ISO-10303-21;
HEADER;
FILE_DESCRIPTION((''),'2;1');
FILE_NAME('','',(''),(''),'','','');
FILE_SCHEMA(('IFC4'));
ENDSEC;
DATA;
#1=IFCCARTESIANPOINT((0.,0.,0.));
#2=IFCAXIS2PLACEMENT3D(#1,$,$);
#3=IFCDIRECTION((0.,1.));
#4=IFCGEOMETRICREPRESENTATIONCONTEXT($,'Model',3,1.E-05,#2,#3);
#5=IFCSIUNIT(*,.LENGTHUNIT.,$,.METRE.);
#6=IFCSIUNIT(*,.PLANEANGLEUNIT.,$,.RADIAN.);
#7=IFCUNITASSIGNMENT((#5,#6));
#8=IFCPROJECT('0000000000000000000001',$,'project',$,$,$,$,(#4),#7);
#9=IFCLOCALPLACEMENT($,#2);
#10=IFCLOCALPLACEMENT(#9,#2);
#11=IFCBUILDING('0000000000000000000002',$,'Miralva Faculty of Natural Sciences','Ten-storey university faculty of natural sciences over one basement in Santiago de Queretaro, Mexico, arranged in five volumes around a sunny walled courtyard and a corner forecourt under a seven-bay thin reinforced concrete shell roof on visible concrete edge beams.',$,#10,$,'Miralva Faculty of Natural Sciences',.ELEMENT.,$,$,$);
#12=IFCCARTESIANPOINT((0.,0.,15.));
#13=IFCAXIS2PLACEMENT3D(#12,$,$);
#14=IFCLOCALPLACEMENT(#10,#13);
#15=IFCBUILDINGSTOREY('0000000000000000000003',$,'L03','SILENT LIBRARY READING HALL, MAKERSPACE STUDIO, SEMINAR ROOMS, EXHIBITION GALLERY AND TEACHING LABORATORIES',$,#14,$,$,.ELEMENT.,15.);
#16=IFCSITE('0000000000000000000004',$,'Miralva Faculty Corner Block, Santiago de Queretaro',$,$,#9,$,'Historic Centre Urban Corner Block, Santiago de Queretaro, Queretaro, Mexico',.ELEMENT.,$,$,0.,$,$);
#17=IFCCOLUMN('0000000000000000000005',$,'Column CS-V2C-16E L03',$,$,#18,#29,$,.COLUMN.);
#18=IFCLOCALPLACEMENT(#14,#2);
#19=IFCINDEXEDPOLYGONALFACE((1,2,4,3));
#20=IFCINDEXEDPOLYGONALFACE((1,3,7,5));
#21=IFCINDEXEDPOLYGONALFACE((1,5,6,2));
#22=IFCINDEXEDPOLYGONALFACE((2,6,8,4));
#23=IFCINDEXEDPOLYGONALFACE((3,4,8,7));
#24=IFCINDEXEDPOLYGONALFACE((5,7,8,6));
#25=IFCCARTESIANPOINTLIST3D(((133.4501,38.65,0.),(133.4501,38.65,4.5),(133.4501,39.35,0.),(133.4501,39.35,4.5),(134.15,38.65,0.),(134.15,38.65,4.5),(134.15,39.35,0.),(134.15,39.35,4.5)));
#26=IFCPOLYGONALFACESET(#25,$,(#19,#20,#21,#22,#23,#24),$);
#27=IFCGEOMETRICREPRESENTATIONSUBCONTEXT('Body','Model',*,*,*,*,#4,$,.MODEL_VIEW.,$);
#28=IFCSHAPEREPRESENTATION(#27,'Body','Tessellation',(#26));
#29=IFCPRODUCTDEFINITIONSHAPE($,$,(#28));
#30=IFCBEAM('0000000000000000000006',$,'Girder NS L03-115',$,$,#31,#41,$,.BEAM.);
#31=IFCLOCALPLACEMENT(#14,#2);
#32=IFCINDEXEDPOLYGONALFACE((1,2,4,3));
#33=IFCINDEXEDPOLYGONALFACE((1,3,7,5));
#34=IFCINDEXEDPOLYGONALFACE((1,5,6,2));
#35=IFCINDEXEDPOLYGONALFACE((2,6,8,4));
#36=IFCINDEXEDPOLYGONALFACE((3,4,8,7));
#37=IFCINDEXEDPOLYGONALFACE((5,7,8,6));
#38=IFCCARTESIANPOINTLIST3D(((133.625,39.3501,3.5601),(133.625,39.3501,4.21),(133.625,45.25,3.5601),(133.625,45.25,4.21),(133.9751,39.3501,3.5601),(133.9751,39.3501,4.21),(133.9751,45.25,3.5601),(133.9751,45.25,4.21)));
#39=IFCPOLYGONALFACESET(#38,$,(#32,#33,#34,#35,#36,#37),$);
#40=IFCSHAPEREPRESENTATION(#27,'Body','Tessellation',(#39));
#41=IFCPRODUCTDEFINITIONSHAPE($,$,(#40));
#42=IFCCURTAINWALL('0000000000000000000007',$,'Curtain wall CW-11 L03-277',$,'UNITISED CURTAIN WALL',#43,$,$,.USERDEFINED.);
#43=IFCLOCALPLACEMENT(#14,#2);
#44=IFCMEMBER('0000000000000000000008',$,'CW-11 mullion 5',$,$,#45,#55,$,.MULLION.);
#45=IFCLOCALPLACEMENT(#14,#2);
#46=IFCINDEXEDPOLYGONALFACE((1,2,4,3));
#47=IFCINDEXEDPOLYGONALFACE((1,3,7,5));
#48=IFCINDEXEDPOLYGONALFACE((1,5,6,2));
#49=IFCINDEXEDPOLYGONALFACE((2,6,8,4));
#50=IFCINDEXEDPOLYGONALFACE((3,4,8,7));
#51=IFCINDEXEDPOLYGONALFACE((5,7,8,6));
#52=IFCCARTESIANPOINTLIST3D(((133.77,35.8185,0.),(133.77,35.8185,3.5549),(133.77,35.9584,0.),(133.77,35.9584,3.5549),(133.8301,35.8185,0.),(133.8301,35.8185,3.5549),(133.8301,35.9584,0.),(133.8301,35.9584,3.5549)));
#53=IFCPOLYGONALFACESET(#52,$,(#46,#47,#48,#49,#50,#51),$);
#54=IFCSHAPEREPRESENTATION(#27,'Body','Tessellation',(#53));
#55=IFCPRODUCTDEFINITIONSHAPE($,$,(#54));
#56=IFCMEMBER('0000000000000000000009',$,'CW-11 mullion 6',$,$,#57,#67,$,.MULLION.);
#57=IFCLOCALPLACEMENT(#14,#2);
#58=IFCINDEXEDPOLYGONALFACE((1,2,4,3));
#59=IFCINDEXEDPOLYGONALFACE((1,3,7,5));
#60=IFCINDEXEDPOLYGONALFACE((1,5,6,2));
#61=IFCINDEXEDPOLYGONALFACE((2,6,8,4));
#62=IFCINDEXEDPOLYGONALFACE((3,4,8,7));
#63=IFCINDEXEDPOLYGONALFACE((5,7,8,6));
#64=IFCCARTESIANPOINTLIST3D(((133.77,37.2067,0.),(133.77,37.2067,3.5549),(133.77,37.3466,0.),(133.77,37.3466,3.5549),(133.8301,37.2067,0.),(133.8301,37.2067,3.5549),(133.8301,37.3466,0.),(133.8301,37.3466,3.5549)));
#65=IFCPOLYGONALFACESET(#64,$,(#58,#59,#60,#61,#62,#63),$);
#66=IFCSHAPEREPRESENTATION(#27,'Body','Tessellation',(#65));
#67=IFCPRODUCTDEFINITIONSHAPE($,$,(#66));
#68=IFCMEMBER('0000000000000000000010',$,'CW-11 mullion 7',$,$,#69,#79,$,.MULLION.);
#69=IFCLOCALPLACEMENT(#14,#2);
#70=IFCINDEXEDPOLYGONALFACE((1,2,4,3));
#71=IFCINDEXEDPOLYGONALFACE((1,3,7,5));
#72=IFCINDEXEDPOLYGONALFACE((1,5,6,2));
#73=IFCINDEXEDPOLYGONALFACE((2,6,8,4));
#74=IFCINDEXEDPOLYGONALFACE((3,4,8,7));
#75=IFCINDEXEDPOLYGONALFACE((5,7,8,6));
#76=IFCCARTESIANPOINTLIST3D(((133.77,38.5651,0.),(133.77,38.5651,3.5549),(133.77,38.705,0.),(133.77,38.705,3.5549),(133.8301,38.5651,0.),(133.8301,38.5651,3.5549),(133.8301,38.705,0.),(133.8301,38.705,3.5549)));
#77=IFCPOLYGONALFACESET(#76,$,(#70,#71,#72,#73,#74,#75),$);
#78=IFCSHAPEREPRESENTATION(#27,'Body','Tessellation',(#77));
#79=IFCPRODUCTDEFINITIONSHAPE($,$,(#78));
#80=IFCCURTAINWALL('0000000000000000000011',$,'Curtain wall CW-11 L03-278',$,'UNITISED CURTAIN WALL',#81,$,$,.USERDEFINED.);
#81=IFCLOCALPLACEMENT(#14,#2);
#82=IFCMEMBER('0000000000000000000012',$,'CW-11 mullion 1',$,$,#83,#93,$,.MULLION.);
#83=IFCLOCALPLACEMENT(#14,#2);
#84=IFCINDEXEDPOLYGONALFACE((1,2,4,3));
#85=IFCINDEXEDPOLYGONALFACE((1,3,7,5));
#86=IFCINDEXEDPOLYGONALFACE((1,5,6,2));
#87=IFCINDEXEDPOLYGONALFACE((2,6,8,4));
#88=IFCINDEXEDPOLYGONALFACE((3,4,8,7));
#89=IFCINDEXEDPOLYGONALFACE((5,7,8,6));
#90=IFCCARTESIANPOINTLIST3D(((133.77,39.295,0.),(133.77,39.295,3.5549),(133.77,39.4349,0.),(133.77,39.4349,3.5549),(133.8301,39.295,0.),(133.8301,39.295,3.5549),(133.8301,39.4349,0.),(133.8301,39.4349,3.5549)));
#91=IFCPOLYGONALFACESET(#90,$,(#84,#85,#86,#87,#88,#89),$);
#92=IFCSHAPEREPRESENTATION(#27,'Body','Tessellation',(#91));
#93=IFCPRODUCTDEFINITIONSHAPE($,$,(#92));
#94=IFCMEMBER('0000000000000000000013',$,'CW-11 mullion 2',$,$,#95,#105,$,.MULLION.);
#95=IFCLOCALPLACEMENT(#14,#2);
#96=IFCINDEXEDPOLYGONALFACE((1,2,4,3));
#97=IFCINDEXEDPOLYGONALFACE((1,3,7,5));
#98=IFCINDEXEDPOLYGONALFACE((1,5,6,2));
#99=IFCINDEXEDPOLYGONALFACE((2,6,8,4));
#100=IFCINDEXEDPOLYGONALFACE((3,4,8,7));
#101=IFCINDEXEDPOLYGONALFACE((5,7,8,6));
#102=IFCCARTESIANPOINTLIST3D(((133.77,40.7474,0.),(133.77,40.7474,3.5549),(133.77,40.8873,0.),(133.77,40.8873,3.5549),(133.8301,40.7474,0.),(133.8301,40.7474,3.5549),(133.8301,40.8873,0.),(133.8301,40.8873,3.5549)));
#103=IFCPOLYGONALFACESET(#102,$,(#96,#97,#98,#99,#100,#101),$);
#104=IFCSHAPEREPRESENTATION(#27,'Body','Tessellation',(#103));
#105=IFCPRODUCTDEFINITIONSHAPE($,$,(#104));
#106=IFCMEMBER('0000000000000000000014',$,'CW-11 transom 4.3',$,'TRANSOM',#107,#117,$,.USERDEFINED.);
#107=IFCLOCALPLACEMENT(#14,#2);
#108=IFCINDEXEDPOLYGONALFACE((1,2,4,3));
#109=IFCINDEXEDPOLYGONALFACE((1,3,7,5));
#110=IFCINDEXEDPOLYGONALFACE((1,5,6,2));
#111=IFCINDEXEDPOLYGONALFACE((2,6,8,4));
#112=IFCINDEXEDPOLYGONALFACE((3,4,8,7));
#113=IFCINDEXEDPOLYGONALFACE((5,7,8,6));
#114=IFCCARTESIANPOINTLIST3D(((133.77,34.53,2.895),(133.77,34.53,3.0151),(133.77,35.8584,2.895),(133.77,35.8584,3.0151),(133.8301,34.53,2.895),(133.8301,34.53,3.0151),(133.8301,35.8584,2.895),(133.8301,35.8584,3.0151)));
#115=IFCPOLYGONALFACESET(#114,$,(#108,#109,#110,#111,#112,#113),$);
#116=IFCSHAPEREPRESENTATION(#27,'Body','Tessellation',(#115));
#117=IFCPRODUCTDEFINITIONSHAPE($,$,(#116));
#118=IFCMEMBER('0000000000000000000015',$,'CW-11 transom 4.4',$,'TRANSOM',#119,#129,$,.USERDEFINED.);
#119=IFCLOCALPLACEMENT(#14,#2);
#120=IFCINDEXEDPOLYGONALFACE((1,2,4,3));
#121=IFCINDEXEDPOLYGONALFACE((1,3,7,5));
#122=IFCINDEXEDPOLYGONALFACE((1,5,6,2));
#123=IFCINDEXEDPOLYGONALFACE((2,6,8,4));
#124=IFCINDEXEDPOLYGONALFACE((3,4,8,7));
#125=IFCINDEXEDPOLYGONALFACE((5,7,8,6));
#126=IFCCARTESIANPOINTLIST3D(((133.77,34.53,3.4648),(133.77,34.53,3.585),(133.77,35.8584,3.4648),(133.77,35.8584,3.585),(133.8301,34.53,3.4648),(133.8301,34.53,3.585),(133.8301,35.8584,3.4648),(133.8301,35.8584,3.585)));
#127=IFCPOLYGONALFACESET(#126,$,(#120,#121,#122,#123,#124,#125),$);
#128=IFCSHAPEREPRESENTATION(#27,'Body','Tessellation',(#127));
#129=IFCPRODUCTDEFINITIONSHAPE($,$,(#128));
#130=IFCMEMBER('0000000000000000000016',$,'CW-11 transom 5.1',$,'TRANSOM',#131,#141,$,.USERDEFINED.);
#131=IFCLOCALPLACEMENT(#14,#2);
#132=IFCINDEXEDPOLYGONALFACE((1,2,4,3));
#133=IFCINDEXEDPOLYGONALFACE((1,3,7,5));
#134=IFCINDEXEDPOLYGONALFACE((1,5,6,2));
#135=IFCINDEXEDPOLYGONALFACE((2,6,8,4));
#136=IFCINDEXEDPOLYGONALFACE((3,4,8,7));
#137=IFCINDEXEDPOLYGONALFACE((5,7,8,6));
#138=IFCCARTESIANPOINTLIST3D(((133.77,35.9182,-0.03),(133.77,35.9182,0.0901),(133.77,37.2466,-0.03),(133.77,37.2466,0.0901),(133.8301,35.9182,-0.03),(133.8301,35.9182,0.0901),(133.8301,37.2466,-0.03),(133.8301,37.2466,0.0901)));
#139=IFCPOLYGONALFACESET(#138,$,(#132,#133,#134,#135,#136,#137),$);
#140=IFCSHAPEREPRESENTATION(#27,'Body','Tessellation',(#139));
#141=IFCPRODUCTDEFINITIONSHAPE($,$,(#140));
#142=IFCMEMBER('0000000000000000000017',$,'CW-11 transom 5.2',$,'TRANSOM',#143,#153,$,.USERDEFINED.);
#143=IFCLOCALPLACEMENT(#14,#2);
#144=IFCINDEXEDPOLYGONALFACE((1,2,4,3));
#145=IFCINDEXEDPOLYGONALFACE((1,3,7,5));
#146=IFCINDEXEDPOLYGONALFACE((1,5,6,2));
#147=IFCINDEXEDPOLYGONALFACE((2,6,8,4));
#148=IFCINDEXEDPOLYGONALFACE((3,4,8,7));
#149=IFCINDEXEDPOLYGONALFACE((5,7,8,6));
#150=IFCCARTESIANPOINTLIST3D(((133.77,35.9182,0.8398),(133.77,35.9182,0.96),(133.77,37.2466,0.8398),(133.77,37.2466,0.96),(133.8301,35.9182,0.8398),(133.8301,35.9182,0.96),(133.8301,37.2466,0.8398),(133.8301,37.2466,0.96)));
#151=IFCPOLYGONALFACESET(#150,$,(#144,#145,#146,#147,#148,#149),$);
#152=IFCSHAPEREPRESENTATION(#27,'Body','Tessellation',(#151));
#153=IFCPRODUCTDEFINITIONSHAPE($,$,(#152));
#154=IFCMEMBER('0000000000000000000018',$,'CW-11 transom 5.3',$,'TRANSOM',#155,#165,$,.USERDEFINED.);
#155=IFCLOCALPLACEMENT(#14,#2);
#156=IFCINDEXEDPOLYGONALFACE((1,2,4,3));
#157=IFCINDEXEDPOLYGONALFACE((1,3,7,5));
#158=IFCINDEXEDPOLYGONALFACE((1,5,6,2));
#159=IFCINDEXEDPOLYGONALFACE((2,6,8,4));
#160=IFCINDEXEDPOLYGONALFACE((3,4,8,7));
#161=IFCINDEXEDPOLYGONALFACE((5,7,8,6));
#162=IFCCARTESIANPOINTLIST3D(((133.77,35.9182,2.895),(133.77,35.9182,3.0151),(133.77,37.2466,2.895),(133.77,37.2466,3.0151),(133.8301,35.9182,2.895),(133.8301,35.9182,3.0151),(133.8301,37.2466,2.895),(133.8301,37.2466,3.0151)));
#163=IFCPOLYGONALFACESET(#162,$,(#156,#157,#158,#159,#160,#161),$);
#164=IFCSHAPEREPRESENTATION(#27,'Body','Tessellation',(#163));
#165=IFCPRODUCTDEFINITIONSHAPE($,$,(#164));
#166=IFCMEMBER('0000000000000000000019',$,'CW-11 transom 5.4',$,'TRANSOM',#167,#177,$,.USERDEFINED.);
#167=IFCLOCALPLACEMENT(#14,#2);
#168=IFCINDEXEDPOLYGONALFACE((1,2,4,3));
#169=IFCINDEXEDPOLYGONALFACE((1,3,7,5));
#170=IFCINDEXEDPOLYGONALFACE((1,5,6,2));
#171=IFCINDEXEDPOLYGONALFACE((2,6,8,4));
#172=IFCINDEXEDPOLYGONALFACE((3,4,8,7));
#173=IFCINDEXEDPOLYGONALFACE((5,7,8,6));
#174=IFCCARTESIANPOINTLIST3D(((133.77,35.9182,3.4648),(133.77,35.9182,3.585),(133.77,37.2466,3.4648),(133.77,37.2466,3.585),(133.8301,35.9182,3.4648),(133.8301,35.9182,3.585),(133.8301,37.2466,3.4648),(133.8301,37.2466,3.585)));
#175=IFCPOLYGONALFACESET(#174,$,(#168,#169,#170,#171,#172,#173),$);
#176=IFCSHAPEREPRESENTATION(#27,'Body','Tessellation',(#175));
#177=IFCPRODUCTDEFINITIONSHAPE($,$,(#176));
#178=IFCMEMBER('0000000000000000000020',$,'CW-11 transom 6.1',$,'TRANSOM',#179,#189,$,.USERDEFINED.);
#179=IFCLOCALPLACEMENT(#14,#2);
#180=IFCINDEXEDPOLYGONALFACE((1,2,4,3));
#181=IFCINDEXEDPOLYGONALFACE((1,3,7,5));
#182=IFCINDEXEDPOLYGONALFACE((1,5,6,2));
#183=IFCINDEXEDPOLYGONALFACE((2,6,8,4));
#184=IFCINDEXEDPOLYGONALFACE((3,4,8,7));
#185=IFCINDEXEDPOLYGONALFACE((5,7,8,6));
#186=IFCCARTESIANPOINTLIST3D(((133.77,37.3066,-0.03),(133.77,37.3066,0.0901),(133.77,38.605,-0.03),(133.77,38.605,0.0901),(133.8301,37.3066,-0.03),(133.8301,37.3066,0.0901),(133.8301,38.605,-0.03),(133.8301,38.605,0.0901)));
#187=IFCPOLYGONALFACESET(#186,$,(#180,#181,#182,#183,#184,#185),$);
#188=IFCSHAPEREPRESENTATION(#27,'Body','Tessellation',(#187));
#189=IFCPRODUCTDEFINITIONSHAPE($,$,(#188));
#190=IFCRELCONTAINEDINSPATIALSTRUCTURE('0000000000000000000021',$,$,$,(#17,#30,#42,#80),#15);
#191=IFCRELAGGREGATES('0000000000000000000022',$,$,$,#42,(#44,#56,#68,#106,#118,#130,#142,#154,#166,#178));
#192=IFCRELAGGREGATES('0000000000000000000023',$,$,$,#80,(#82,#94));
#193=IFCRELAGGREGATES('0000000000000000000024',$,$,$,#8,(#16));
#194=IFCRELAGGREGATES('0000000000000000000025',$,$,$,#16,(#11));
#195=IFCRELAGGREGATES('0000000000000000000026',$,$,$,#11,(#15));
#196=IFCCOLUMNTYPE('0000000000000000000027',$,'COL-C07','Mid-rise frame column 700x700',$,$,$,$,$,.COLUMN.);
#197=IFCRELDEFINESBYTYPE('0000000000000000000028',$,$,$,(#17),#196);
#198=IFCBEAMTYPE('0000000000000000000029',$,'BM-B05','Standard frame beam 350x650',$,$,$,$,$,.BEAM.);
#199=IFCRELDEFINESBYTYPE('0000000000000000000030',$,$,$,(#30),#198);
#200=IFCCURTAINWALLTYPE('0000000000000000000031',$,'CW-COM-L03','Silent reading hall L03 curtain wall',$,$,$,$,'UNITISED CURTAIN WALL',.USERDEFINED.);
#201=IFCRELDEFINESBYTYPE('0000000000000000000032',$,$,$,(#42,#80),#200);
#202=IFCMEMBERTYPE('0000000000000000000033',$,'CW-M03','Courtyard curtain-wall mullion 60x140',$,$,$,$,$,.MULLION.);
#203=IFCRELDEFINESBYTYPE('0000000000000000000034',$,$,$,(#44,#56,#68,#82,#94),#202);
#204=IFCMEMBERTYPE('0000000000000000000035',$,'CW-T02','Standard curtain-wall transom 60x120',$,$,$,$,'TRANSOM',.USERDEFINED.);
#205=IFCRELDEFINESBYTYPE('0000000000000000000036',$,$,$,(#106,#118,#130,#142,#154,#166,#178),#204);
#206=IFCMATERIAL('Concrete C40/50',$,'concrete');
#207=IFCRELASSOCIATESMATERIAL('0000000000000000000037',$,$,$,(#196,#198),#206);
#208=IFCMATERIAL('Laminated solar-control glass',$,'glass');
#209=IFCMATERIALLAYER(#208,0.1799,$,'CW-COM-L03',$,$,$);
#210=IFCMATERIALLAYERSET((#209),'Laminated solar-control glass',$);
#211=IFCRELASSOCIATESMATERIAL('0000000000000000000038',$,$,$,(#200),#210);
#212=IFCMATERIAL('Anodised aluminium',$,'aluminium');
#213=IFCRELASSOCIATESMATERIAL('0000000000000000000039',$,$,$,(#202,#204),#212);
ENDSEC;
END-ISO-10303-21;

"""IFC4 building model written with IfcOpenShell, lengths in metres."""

from ifc_helpers import new_model, si_unit, direction, frame, origin, origin_2d, place, context, subcontext, project, spatial, rectangle, extrude, material, layer, layer_set, material_profile, profile_set, type_object, element, aggregate, save


model = new_model("IFC4")

# Units and contexts
model_context = context("Model", 3, precision=1e-05, world=origin(), true_north=direction((0.0, 1.0)))
body_context = subcontext(model_context, "Body", "Model", "MODEL_VIEW")
ifc_project = project(units=[si_unit("LENGTHUNIT", "METRE"), si_unit("PLANEANGLEUNIT", "RADIAN")], contexts=[model_context])

# Site, building, storey
site_placement = place(None, origin())
site = spatial("IfcSite", under=ifc_project, at=site_placement, Name="Miralva Faculty Corner Block, Santiago de Queretaro", LongName="Historic Centre Urban Corner Block, Santiago de Queretaro, Queretaro, Mexico", CompositionType="ELEMENT", RefElevation=0.0)
building_placement = place(site_placement, origin())
building = spatial("IfcBuilding", under=site, at=building_placement, Name="Miralva Faculty of Natural Sciences", Description="Ten-storey university faculty of natural sciences over one basement in Santiago de Queretaro, Mexico, arranged in five volumes around a sunny walled courtyard and a corner forecourt under a seven-bay thin reinforced concrete shell roof on visible concrete edge beams.", LongName="Miralva Faculty of Natural Sciences", CompositionType="ELEMENT")
storey_placement = place(building_placement, frame((0.0, 0.0, 15.0)))
storey = spatial("IfcBuildingStorey", under=building, at=storey_placement, Name="L03", Description="SILENT LIBRARY READING HALL, MAKERSPACE STUDIO, SEMINAR ROOMS, EXHIBITION GALLERY AND TEACHING LABORATORIES", CompositionType="ELEMENT", Elevation=15.0)

# Column
ifc_material_1 = material(Name="Concrete C40/50", Category="concrete")
ifc_material_profile_1 = material_profile(ifc_material_1, rectangle(XDim=0.7, YDim=0.7, at=origin_2d()), Name="RC 700x700")
ifc_profile_set_1 = profile_set([ifc_material_profile_1], Name="Concrete C40/50")
column_type = type_object("IfcColumnType", Name="COL-C07", Description="Mid-rise frame column 700x700", PredefinedType="COLUMN", material=ifc_profile_set_1)
column_placement = place(storey_placement, frame((133.8, 39.0, 0.0), z_axis=(0.0, 0.0, 1.0), x_axis=(1.0, 0.0, 0.0)))
element("IfcColumn", 1, at=column_placement, inside=storey, type_object=column_type, Name="Column CS-V2C-16E L03", PredefinedType="COLUMN", context=body_context, shape_type="SweptSolid", body=[
    extrude(rectangle(XDim=0.7, YDim=0.7, at=origin_2d()), origin(), (0.0, 0.0, 1.0), 4.5),
])

# Beam
ifc_material_profile_2 = material_profile(ifc_material_1, rectangle(XDim=0.3501, YDim=0.6499, at=origin_2d()), Name="RC 350x650")
ifc_profile_set_2 = profile_set([ifc_material_profile_2], Name="Concrete C40/50")
beam_type = type_object("IfcBeamType", Name="BM-B05", Description="Standard frame beam 350x650", PredefinedType="BEAM", material=ifc_profile_set_2)
beam_placement = place(storey_placement, frame((133.8, 39.3501, 3.885), z_axis=(0.0, 1.0, 0.0), x_axis=(-1.0, 0.0, 0.0)))
element("IfcBeam", 2, at=beam_placement, inside=storey, type_object=beam_type, Name="Girder NS L03-115", PredefinedType="BEAM", context=body_context, shape_type="SweptSolid", body=[
    extrude(rectangle(XDim=0.3501, YDim=0.6499, at=origin_2d()), origin(), (0.0, 0.0, 1.0), 5.8999),
])

# Curtain walls, members
ifc_material_2 = material(Name="Laminated solar-control glass", Category="glass")
ifc_layer_1 = layer(ifc_material_2, 0.1799, Name="CW-COM-L03")
ifc_layer_set_1 = layer_set([ifc_layer_1], Name="Laminated solar-control glass")
curtain_wall_type = type_object("IfcCurtainWallType", Name="CW-COM-L03", Description="Silent reading hall L03 curtain wall", ElementType="UNITISED CURTAIN WALL", PredefinedType="USERDEFINED", material=ifc_layer_set_1)
curtain_wall_1_placement = place(storey_placement, origin())
curtain_wall_1 = element("IfcCurtainWall", 3, at=curtain_wall_1_placement, inside=storey, type_object=curtain_wall_type, Name="Curtain wall CW-11 L03-277", ObjectType="UNITISED CURTAIN WALL", PredefinedType="USERDEFINED")
ifc_material_3 = material(Name="Anodised aluminium", Category="aluminium")
ifc_material_profile_3 = material_profile(ifc_material_3, rectangle(XDim=0.0601, YDim=0.1399, at=origin_2d()), Name="MULLION 60x140")
ifc_profile_set_3 = profile_set([ifc_material_profile_3], Name="Anodised aluminium")
member_type_1 = type_object("IfcMemberType", Name="CW-M03", Description="Courtyard curtain-wall mullion 60x140", PredefinedType="MULLION", material=ifc_profile_set_3)
member_1_placement = place(storey_placement, frame((133.8, 35.8884, 0.0), z_axis=(0.0, 0.0, 1.0), x_axis=(-1.0, 0.0, 0.0)))
member_1 = element("IfcMember", 4, at=member_1_placement, type_object=member_type_1, Name="CW-11 mullion 5", PredefinedType="MULLION", context=body_context, shape_type="SweptSolid", body=[
    extrude(rectangle(XDim=0.0601, YDim=0.1399, at=origin_2d()), origin(), (0.0, 0.0, 1.0), 3.5549),
])
member_2_placement = place(storey_placement, frame((133.8, 37.2766, 0.0), z_axis=(0.0, 0.0, 1.0), x_axis=(-1.0, 0.0, 0.0)))
member_2 = element("IfcMember", 5, at=member_2_placement, type_object=member_type_1, Name="CW-11 mullion 6", PredefinedType="MULLION", context=body_context, shape_type="SweptSolid", body=[
    extrude(rectangle(XDim=0.0601, YDim=0.1399, at=origin_2d()), origin(), (0.0, 0.0, 1.0), 3.5549),
])
member_3_placement = place(storey_placement, frame((133.8, 38.635, 0.0), z_axis=(0.0, 0.0, 1.0), x_axis=(-1.0, 0.0, 0.0)))
member_3 = element("IfcMember", 6, at=member_3_placement, type_object=member_type_1, Name="CW-11 mullion 7", PredefinedType="MULLION", context=body_context, shape_type="SweptSolid", body=[
    extrude(rectangle(XDim=0.0601, YDim=0.1399, at=origin_2d()), origin(), (0.0, 0.0, 1.0), 3.5549),
])
curtain_wall_2_placement = place(storey_placement, origin())
curtain_wall_2 = element("IfcCurtainWall", 7, at=curtain_wall_2_placement, inside=storey, type_object=curtain_wall_type, Name="Curtain wall CW-11 L03-278", ObjectType="UNITISED CURTAIN WALL", PredefinedType="USERDEFINED")
member_4_placement = place(storey_placement, frame((133.8, 39.365, 0.0), z_axis=(0.0, 0.0, 1.0), x_axis=(-1.0, 0.0, 0.0)))
member_4 = element("IfcMember", 8, at=member_4_placement, type_object=member_type_1, Name="CW-11 mullion 1", PredefinedType="MULLION", context=body_context, shape_type="SweptSolid", body=[
    extrude(rectangle(XDim=0.0601, YDim=0.1399, at=origin_2d()), origin(), (0.0, 0.0, 1.0), 3.5549),
])
member_5_placement = place(storey_placement, frame((133.8, 40.8174, 0.0), z_axis=(0.0, 0.0, 1.0), x_axis=(-1.0, 0.0, 0.0)))
member_5 = element("IfcMember", 9, at=member_5_placement, type_object=member_type_1, Name="CW-11 mullion 2", PredefinedType="MULLION", context=body_context, shape_type="SweptSolid", body=[
    extrude(rectangle(XDim=0.0601, YDim=0.1399, at=origin_2d()), origin(), (0.0, 0.0, 1.0), 3.5549),
])

# Members
ifc_material_profile_4 = material_profile(ifc_material_3, rectangle(XDim=0.0601, YDim=0.1201, at=origin_2d()), Name="TRANSOM 60x120")
ifc_profile_set_4 = profile_set([ifc_material_profile_4], Name="Anodised aluminium")
member_type_2 = type_object("IfcMemberType", Name="CW-T02", Description="Standard curtain-wall transom 60x120", ElementType="TRANSOM", PredefinedType="USERDEFINED", material=ifc_profile_set_4)
member_6_placement = place(storey_placement, frame((133.8, 34.53, 2.9551), z_axis=(0.0, 1.0, 0.0), x_axis=(-1.0, 0.0, 0.0)))
member_6 = element("IfcMember", 10, at=member_6_placement, type_object=member_type_2, Name="CW-11 transom 4.3", ObjectType="TRANSOM", PredefinedType="USERDEFINED", context=body_context, shape_type="SweptSolid", body=[
    extrude(rectangle(XDim=0.0601, YDim=0.1201, at=origin_2d()), origin(), (0.0, 0.0, 1.0), 1.3284),
])
member_7_placement = place(storey_placement, frame((133.8, 34.53, 3.5249), z_axis=(0.0, 1.0, 0.0), x_axis=(-1.0, 0.0, 0.0)))
member_7 = element("IfcMember", 11, at=member_7_placement, type_object=member_type_2, Name="CW-11 transom 4.4", ObjectType="TRANSOM", PredefinedType="USERDEFINED", context=body_context, shape_type="SweptSolid", body=[
    extrude(rectangle(XDim=0.0601, YDim=0.1201, at=origin_2d()), origin(), (0.0, 0.0, 1.0), 1.3284),
])
member_8_placement = place(storey_placement, frame((133.8, 35.9182, 0.03), z_axis=(0.0, 1.0, 0.0), x_axis=(-1.0, 0.0, 0.0)))
member_8 = element("IfcMember", 12, at=member_8_placement, type_object=member_type_2, Name="CW-11 transom 5.1", ObjectType="TRANSOM", PredefinedType="USERDEFINED", context=body_context, shape_type="SweptSolid", body=[
    extrude(rectangle(XDim=0.0601, YDim=0.1201, at=origin_2d()), origin(), (0.0, 0.0, 1.0), 1.3284),
])
member_9_placement = place(storey_placement, frame((133.8, 35.9182, 0.8999), z_axis=(0.0, 1.0, 0.0), x_axis=(-1.0, 0.0, 0.0)))
member_9 = element("IfcMember", 13, at=member_9_placement, type_object=member_type_2, Name="CW-11 transom 5.2", ObjectType="TRANSOM", PredefinedType="USERDEFINED", context=body_context, shape_type="SweptSolid", body=[
    extrude(rectangle(XDim=0.0601, YDim=0.1201, at=origin_2d()), origin(), (0.0, 0.0, 1.0), 1.3284),
])
member_10_placement = place(storey_placement, frame((133.8, 35.9182, 2.9551), z_axis=(0.0, 1.0, 0.0), x_axis=(-1.0, 0.0, 0.0)))
member_10 = element("IfcMember", 14, at=member_10_placement, type_object=member_type_2, Name="CW-11 transom 5.3", ObjectType="TRANSOM", PredefinedType="USERDEFINED", context=body_context, shape_type="SweptSolid", body=[
    extrude(rectangle(XDim=0.0601, YDim=0.1201, at=origin_2d()), origin(), (0.0, 0.0, 1.0), 1.3284),
])
member_11_placement = place(storey_placement, frame((133.8, 35.9182, 3.5249), z_axis=(0.0, 1.0, 0.0), x_axis=(-1.0, 0.0, 0.0)))
member_11 = element("IfcMember", 15, at=member_11_placement, type_object=member_type_2, Name="CW-11 transom 5.4", ObjectType="TRANSOM", PredefinedType="USERDEFINED", context=body_context, shape_type="SweptSolid", body=[
    extrude(rectangle(XDim=0.0601, YDim=0.1201, at=origin_2d()), origin(), (0.0, 0.0, 1.0), 1.3284),
])
member_12_placement = place(storey_placement, frame((133.8, 37.3066, 0.03), z_axis=(0.0, 1.0, 0.0), x_axis=(-1.0, 0.0, 0.0)))
member_12 = element("IfcMember", 16, at=member_12_placement, type_object=member_type_2, Name="CW-11 transom 6.1", ObjectType="TRANSOM", PredefinedType="USERDEFINED", context=body_context, shape_type="SweptSolid", body=[
    extrude(rectangle(XDim=0.0601, YDim=0.1201, at=origin_2d()), origin(), (0.0, 0.0, 1.0), 1.2983),
])

aggregate(curtain_wall_1, [member_1, member_2, member_3, member_6, member_7, member_8, member_9, member_10, member_11, member_12])
aggregate(curtain_wall_2, [member_4, member_5])

save(model, "model.ifc")
